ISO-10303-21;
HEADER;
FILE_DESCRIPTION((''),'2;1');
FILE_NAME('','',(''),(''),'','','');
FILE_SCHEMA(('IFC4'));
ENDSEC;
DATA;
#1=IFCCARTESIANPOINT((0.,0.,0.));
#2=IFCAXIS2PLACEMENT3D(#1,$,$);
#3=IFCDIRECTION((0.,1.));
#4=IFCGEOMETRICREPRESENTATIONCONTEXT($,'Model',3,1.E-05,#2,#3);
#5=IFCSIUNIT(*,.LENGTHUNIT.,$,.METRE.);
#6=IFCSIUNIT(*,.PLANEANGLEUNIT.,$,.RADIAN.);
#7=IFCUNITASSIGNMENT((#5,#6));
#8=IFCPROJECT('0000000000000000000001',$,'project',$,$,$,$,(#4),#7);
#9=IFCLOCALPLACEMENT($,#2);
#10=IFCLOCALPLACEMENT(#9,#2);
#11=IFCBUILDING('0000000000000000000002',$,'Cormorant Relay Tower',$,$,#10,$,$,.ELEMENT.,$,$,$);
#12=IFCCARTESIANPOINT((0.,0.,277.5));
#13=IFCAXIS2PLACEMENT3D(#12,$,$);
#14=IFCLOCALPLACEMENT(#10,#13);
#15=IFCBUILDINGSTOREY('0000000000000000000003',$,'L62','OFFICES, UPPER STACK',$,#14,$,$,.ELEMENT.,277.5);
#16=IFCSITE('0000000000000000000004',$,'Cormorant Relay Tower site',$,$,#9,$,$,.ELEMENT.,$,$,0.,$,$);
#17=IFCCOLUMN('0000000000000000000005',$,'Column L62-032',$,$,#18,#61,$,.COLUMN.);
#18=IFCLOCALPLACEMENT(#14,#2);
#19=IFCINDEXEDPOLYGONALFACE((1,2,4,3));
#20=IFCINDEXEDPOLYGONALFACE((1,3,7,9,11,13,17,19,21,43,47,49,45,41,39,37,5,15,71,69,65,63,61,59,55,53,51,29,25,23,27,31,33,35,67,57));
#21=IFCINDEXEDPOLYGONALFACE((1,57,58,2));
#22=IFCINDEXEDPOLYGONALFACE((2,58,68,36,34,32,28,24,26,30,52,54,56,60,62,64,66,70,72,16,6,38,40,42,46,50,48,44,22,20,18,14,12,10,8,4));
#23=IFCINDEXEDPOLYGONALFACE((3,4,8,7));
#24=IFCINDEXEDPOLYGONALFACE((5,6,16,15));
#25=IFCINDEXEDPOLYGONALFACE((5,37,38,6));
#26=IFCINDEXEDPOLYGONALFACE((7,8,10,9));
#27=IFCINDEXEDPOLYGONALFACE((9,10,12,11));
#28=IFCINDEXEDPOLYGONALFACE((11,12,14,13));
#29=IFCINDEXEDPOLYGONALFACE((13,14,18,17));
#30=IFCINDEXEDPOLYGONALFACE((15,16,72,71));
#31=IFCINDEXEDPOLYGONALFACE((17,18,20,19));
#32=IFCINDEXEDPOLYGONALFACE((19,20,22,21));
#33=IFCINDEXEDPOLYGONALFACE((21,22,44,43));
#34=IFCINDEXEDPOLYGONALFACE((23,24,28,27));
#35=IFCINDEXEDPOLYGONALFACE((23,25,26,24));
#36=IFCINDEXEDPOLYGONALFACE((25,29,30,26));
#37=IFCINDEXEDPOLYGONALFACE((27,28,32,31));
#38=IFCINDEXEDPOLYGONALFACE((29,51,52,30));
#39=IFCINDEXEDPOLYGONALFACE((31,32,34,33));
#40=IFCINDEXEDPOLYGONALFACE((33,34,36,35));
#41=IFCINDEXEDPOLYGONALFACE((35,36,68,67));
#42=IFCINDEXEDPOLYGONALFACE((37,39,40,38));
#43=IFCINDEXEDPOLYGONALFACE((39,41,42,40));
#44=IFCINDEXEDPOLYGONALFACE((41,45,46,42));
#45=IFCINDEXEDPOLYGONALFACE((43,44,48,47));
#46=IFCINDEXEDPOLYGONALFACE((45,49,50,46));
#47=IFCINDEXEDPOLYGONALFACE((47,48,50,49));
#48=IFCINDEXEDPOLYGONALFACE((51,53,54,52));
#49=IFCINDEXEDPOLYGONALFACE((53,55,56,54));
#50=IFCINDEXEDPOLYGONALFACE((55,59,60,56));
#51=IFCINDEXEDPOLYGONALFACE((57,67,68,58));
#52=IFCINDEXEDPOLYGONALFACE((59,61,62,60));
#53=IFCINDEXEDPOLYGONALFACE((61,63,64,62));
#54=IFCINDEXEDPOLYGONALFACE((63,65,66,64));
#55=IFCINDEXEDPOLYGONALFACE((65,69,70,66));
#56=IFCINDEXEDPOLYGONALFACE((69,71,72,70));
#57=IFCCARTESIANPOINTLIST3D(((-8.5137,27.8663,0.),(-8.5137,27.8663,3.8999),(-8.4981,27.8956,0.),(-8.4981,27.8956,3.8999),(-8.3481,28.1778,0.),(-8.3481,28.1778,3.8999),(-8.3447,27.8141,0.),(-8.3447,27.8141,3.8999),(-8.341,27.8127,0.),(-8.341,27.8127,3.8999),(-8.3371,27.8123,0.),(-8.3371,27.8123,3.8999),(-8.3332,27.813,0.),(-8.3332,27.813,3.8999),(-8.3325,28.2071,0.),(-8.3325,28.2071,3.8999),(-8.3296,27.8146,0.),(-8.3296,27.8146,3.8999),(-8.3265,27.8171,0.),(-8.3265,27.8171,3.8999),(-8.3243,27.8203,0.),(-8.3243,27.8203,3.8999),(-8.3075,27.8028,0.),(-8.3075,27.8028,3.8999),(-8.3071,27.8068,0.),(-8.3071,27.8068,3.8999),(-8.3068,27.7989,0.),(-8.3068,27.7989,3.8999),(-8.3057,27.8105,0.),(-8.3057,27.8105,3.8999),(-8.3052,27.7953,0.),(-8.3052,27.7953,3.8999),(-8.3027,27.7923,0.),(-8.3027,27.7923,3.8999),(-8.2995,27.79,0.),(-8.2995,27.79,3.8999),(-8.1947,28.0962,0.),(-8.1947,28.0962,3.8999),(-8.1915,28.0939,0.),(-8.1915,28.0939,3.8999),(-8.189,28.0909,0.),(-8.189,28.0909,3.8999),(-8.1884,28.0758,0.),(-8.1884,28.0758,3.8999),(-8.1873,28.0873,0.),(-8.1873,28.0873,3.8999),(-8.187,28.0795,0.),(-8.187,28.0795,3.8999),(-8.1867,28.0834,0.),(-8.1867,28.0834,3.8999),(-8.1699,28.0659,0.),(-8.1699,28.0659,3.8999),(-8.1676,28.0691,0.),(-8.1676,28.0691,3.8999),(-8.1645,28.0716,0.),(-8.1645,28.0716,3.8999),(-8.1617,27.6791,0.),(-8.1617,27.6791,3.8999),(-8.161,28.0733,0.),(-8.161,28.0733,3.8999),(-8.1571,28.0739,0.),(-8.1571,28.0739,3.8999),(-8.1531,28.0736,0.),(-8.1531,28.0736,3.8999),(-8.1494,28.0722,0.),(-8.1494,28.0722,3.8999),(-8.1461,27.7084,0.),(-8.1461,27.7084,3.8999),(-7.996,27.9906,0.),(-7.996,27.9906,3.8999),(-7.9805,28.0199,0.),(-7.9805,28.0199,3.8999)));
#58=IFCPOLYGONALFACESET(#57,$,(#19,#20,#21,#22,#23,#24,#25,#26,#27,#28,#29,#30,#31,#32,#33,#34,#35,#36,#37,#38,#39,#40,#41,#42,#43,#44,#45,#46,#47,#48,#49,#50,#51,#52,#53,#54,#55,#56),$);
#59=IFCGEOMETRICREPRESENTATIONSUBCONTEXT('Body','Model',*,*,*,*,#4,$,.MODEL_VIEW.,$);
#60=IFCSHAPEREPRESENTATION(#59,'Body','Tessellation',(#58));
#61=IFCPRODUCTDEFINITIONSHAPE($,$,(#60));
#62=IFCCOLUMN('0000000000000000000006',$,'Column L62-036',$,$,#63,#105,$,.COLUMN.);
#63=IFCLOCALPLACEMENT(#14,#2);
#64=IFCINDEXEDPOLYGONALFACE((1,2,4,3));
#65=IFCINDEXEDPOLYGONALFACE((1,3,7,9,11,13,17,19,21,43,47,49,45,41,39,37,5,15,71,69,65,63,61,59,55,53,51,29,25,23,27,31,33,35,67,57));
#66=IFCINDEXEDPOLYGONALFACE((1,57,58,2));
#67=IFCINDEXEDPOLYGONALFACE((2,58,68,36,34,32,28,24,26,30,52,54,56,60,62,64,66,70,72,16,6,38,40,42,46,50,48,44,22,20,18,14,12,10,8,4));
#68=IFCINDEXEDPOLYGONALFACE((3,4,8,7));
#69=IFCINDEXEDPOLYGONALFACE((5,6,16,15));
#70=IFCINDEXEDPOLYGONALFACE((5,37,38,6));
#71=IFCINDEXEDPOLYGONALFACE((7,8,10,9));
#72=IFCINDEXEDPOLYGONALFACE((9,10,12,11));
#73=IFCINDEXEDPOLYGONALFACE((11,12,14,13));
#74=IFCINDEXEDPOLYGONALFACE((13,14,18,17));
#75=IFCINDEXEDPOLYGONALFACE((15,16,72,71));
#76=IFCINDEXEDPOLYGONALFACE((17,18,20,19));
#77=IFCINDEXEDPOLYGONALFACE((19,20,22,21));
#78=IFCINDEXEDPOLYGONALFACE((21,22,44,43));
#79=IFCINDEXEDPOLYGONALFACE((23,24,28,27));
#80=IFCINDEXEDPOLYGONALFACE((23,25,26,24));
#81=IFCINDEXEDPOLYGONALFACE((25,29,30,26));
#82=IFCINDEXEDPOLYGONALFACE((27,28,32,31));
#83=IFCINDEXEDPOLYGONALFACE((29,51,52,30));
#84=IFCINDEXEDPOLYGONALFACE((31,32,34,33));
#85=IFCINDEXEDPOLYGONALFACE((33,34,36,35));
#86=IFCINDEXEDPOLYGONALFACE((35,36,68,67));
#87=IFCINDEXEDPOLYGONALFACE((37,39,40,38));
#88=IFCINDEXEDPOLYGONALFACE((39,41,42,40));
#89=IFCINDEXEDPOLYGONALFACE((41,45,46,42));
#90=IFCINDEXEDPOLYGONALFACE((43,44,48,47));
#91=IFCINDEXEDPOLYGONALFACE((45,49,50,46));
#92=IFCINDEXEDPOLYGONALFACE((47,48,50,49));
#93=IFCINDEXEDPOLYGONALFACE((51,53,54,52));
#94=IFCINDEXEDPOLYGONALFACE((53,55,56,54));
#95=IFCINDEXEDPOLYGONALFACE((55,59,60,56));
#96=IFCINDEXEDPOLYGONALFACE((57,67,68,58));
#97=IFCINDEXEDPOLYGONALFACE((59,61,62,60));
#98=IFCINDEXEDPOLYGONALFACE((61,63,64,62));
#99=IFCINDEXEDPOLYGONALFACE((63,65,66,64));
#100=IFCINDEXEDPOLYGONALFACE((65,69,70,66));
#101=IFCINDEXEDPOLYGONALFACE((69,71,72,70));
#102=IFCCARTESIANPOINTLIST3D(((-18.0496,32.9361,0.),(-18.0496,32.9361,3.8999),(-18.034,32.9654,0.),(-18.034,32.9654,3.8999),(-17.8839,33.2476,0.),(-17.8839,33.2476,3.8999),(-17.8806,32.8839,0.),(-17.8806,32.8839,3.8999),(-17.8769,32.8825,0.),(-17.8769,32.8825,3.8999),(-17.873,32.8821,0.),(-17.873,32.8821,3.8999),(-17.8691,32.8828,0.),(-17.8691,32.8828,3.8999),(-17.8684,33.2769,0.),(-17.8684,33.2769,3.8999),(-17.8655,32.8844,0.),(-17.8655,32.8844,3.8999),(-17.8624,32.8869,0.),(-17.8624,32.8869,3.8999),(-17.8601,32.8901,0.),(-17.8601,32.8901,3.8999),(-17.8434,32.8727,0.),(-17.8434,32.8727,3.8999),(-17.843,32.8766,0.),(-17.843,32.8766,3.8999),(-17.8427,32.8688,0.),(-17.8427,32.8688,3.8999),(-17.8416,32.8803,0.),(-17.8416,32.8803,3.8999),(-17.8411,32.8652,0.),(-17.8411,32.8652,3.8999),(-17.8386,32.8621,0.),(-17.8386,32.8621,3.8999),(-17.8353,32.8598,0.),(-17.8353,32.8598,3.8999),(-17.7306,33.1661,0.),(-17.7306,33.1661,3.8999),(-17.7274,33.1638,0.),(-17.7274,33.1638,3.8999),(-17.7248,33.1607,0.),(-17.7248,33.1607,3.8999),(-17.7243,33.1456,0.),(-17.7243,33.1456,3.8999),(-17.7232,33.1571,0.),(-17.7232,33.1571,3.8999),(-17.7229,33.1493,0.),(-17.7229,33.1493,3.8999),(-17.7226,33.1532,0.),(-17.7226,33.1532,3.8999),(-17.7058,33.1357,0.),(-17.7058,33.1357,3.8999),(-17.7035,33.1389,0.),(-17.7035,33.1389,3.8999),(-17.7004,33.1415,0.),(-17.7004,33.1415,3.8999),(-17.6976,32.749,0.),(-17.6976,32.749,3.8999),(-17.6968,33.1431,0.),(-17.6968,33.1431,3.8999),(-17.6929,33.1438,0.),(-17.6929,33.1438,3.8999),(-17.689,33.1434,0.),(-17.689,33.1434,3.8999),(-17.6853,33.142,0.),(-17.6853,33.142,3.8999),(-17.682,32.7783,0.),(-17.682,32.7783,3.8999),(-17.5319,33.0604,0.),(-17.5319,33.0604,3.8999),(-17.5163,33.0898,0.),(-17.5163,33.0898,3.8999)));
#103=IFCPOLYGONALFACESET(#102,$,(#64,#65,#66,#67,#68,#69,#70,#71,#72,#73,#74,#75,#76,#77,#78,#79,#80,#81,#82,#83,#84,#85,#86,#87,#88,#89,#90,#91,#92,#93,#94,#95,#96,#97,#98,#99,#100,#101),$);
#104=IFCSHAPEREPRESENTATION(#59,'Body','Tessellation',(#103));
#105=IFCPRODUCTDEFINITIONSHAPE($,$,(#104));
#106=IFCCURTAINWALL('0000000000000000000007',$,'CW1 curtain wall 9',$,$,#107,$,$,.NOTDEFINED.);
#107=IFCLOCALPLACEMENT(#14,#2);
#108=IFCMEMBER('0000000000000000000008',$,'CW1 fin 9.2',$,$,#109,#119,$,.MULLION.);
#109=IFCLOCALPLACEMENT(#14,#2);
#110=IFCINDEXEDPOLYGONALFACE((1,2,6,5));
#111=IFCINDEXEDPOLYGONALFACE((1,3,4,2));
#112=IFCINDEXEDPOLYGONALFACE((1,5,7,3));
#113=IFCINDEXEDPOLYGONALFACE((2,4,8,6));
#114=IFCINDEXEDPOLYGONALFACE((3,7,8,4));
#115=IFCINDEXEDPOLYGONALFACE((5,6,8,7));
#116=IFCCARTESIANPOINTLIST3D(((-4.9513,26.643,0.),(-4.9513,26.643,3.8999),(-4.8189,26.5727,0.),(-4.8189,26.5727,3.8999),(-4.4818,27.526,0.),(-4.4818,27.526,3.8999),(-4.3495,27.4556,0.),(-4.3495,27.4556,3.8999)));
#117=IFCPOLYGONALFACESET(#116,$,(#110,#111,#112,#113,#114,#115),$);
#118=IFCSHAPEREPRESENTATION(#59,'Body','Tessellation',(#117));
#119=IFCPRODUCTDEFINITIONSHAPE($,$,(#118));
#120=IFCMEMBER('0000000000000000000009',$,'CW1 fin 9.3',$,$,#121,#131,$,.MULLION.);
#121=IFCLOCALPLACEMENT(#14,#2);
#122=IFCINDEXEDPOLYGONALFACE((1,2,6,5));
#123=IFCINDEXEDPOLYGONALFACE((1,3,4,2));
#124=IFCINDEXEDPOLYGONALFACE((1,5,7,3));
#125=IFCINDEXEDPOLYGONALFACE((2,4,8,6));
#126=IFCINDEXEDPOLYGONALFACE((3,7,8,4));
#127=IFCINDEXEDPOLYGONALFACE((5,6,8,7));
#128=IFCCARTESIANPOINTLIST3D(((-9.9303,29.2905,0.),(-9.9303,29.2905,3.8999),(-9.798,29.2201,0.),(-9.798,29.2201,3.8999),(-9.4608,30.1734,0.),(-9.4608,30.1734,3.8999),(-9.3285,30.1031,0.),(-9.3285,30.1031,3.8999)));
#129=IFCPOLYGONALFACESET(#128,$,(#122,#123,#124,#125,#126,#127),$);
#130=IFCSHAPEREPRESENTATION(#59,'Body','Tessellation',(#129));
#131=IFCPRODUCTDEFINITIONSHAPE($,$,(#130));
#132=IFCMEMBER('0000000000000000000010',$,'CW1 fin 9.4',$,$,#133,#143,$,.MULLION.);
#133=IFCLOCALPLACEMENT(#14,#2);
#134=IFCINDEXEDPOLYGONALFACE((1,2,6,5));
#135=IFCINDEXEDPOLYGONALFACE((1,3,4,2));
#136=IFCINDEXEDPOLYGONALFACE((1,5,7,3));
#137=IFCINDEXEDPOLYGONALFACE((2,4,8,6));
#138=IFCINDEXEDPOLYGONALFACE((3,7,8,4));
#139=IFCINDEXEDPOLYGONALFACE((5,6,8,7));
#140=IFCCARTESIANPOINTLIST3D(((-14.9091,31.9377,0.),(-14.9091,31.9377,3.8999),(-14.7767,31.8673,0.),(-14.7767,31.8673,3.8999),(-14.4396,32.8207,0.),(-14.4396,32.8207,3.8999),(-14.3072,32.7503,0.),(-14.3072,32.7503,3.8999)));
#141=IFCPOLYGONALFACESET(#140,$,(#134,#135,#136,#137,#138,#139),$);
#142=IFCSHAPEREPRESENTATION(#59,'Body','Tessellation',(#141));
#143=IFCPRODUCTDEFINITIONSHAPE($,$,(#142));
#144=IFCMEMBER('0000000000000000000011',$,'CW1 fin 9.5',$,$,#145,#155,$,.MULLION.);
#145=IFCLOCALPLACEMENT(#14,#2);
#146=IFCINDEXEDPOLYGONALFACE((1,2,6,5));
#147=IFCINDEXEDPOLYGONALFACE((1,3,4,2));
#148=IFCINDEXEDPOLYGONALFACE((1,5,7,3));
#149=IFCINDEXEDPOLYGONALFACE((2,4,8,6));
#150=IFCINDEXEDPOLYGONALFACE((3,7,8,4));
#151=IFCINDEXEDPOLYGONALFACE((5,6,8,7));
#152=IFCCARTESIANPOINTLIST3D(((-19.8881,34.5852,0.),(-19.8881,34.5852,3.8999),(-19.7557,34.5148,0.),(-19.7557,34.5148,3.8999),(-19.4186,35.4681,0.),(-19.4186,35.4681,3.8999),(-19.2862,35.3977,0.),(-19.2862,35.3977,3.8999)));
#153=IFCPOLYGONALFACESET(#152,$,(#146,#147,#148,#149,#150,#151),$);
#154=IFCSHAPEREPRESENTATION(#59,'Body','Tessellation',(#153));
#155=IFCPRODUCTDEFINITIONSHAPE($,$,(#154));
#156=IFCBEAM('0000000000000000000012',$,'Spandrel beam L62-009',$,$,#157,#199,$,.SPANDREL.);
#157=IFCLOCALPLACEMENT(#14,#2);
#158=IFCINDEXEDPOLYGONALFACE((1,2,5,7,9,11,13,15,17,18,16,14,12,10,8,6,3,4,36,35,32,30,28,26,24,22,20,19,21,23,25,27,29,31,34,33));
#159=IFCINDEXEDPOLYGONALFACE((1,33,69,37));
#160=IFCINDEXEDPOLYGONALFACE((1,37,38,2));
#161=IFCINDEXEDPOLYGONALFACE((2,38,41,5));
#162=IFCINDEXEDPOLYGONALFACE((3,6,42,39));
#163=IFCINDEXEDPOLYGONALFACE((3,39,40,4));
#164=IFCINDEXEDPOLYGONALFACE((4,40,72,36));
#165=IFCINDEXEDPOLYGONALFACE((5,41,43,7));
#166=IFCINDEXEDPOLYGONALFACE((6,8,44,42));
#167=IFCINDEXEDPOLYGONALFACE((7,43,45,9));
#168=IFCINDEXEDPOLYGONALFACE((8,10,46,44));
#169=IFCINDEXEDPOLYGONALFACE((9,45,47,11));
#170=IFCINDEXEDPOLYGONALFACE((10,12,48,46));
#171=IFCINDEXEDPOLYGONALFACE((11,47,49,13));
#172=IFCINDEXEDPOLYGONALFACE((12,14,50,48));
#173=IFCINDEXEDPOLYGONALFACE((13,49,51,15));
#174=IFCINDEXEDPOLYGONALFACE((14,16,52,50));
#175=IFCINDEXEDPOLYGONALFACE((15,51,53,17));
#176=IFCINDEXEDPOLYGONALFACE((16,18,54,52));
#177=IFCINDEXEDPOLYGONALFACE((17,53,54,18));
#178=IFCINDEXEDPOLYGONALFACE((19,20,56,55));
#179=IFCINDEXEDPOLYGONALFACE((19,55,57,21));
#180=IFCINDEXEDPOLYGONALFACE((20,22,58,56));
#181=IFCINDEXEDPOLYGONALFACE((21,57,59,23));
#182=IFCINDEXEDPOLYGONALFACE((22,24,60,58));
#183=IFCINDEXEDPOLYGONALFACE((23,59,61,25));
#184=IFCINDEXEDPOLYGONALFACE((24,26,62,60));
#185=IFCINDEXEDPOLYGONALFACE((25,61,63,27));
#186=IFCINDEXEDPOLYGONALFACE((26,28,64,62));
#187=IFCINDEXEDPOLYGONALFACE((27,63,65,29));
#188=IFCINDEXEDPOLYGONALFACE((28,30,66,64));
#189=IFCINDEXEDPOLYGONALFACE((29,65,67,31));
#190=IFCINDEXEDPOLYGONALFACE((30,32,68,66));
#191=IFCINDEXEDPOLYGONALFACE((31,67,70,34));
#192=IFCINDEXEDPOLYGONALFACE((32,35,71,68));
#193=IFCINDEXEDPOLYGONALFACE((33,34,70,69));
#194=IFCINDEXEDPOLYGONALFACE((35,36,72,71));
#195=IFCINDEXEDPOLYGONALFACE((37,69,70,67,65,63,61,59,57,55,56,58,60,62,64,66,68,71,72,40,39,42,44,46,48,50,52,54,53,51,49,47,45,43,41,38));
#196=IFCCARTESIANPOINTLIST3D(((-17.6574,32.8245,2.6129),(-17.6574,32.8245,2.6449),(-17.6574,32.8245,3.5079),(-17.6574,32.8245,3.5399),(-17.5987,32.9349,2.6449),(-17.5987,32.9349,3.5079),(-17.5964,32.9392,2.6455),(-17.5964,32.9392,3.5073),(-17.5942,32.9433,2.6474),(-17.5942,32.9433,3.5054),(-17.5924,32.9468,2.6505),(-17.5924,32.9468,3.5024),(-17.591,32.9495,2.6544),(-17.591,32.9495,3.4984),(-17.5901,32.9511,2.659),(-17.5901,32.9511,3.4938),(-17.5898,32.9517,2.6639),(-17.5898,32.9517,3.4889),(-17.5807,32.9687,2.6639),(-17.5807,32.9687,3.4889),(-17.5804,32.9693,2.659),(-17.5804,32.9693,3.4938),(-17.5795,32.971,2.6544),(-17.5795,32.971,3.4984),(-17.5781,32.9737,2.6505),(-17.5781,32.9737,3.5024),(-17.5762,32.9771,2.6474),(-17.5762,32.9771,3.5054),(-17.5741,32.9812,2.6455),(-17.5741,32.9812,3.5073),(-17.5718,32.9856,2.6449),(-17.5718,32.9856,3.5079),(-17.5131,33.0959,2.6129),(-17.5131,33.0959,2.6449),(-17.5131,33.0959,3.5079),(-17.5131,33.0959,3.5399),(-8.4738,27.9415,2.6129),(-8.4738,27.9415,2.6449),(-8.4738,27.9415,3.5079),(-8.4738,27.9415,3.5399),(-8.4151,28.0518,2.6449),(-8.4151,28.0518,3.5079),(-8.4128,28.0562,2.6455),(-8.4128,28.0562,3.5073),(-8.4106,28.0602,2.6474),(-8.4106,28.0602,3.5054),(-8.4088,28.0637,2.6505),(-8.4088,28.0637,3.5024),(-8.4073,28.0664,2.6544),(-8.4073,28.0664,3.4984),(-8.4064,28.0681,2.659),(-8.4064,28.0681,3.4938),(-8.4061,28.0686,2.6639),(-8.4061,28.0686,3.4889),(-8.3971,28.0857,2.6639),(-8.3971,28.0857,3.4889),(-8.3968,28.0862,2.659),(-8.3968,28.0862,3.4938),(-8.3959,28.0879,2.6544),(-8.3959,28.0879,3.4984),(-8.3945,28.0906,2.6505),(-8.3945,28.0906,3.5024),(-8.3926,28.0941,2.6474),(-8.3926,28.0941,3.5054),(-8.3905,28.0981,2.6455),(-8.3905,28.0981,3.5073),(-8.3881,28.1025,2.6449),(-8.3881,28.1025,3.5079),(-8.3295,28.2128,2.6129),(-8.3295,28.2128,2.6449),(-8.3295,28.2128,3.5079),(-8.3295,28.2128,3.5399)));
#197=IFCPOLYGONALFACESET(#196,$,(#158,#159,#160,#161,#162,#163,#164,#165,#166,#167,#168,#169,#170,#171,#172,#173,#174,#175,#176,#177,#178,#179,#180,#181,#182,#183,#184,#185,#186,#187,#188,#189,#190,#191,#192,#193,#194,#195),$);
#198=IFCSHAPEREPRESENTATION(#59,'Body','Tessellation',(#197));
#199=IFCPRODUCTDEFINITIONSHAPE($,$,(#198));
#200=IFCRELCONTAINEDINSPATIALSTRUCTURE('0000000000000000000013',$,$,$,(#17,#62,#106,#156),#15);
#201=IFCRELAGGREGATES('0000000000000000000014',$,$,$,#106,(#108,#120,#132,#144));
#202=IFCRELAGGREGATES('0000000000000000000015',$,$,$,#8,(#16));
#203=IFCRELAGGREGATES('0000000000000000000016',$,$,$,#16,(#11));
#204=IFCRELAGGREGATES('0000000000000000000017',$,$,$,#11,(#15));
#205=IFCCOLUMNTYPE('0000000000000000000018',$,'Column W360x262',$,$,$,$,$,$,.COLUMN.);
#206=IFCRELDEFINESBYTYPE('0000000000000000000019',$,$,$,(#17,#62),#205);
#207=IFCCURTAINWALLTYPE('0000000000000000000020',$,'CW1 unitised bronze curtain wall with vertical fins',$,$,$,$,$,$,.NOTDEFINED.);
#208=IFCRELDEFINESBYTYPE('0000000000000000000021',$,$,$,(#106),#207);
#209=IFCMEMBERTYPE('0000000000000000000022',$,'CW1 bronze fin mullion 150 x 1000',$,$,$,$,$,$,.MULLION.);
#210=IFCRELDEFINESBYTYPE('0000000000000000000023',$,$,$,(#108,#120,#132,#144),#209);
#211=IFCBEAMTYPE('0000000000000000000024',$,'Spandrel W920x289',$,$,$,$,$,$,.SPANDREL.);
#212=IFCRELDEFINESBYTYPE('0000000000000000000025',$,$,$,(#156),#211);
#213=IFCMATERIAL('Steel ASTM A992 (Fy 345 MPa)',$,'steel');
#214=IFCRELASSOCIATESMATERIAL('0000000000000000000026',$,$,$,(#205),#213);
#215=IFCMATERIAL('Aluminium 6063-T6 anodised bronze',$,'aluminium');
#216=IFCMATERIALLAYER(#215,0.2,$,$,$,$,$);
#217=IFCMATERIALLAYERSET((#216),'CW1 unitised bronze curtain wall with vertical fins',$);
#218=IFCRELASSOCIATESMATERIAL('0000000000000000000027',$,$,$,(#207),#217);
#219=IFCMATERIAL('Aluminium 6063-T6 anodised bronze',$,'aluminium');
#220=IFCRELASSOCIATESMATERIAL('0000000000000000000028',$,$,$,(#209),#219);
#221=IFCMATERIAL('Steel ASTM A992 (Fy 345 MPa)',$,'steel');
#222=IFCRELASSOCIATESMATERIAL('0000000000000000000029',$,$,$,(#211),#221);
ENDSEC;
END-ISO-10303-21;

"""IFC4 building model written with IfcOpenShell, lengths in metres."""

from ifc_helpers import new_model, si_unit, direction, frame, origin, origin_2d, place, context, subcontext, project, spatial, rectangle, i_section, extrude, material, layer, layer_set, material_profile, profile_set, type_object, element, aggregate, save


model = new_model("IFC4")

# Units and contexts
model_context = context("Model", 3, precision=1e-05, world=origin(), true_north=direction((0.0, 1.0)))
body_context = subcontext(model_context, "Body", "Model", "MODEL_VIEW")
ifc_project = project(units=[si_unit("LENGTHUNIT", "METRE"), si_unit("PLANEANGLEUNIT", "RADIAN")], contexts=[model_context])

# Site, building, storey
site_placement = place(None, origin())
site = spatial("IfcSite", under=ifc_project, at=site_placement, Name="Cormorant Relay Tower site", CompositionType="ELEMENT", RefElevation=0.0)
building_placement = place(site_placement, origin())
building = spatial("IfcBuilding", under=site, at=building_placement, Name="Cormorant Relay Tower", CompositionType="ELEMENT")
storey_placement = place(building_placement, frame((0.0, 0.0, 277.5)))
storey = spatial("IfcBuildingStorey", under=building, at=storey_placement, Name="L62", Description="OFFICES, UPPER STACK", CompositionType="ELEMENT", Elevation=277.5)

# Columns
ifc_material_1 = material(Name="Steel ASTM A992 (Fy 345 MPa)", Category="steel")
ifc_material_profile_1 = material_profile(ifc_material_1, i_section(OverallWidth=0.3987, OverallDepth=0.386, WebThickness=0.021, FlangeThickness=0.0332, FilletRadius=0.0151, at=origin_2d()), Name="W360x262")
ifc_profile_set_1 = profile_set([ifc_material_profile_1], Name="Steel ASTM A992 (Fy 345 MPa)")
column_type = type_object("IfcColumnType", Name="Column W360x262", PredefinedType="COLUMN", material=ifc_profile_set_1)
for number, where, z_axis, x_axis, name in (
    (1, (-8.2471, 27.9431, 0.0), (0.0, 0.0, 1.0), (-0.882948, 0.469472, 0.0), "Column L62-032"),
    (2, (-17.783, 33.0129, 0.0), (0.0, 0.0, 1.0), (-0.882948, 0.469472, 0.0), "Column L62-036"),
):
    element("IfcColumn", number, at=place(storey_placement, frame(where, z_axis=z_axis, x_axis=x_axis)), inside=storey, type_object=column_type, Name=name, PredefinedType="COLUMN", context=body_context, shape_type="SweptSolid", body=[
        extrude(i_section(OverallWidth=0.3987, OverallDepth=0.386, WebThickness=0.021, FlangeThickness=0.0332, FilletRadius=0.0151, at=origin_2d()), origin(), (0.0, 0.0, 1.0), 3.8999),
    ])

# Curtain wall, members
ifc_material_2 = material(Name="Aluminium 6063-T6 anodised bronze", Category="aluminium")
ifc_layer_1 = layer(ifc_material_2, 0.2)
ifc_layer_set_1 = layer_set([ifc_layer_1], Name="CW1 unitised bronze curtain wall with vertical fins")
curtain_wall_type = type_object("IfcCurtainWallType", Name="CW1 unitised bronze curtain wall with vertical fins", PredefinedType="NOTDEFINED", material=ifc_layer_set_1)
curtain_wall_placement = place(storey_placement, origin())
curtain_wall = element("IfcCurtainWall", 3, at=curtain_wall_placement, inside=storey, type_object=curtain_wall_type, Name="CW1 curtain wall 9", PredefinedType="NOTDEFINED")
ifc_material_3 = material(Name="Aluminium 6063-T6 anodised bronze", Category="aluminium")
ifc_material_profile_2 = material_profile(ifc_material_3, rectangle(XDim=0.1499, YDim=1.0, at=origin_2d()), Name="AL 150x1000")
ifc_profile_set_2 = profile_set([ifc_material_profile_2], Name="Aluminium 6063-T6 anodised bronze")
member_type = type_object("IfcMemberType", Name="CW1 bronze fin mullion 150 x 1000", PredefinedType="MULLION", material=ifc_profile_set_2)
member_1_placement = place(storey_placement, frame((-4.6504, 27.0493, 0.0), z_axis=(0.0, 0.0, 1.0), x_axis=(-0.882948, 0.469472, 0.0)))
member_1 = element("IfcMember", 4, at=member_1_placement, type_object=member_type, Name="CW1 fin 9.2", PredefinedType="MULLION", context=body_context, shape_type="SweptSolid", body=[
    extrude(rectangle(XDim=0.1499, YDim=1.0, at=origin_2d()), origin(), (0.0, 0.0, 1.0), 3.8999),
])
member_2_placement = place(storey_placement, frame((-9.6294, 29.6968, 0.0), z_axis=(0.0, 0.0, 1.0), x_axis=(-0.882948, 0.469472, 0.0)))
member_2 = element("IfcMember", 5, at=member_2_placement, type_object=member_type, Name="CW1 fin 9.3", PredefinedType="MULLION", context=body_context, shape_type="SweptSolid", body=[
    extrude(rectangle(XDim=0.1499, YDim=1.0, at=origin_2d()), origin(), (0.0, 0.0, 1.0), 3.8999),
])
member_3_placement = place(storey_placement, frame((-14.6082, 32.344, 0.0), z_axis=(0.0, 0.0, 1.0), x_axis=(-0.882948, 0.469472, 0.0)))
member_3 = element("IfcMember", 6, at=member_3_placement, type_object=member_type, Name="CW1 fin 9.4", PredefinedType="MULLION", context=body_context, shape_type="SweptSolid", body=[
    extrude(rectangle(XDim=0.1499, YDim=1.0, at=origin_2d()), origin(), (0.0, 0.0, 1.0), 3.8999),
])
member_4_placement = place(storey_placement, frame((-19.5872, 34.9915, 0.0), z_axis=(0.0, 0.0, 1.0), x_axis=(-0.882948, 0.469472, 0.0)))
member_4 = element("IfcMember", 7, at=member_4_placement, type_object=member_type, Name="CW1 fin 9.5", PredefinedType="MULLION", context=body_context, shape_type="SweptSolid", body=[
    extrude(rectangle(XDim=0.1499, YDim=1.0, at=origin_2d()), origin(), (0.0, 0.0, 1.0), 3.8999),
])

# Beam
ifc_material_4 = material(Name="Steel ASTM A992 (Fy 345 MPa)", Category="steel")
ifc_material_profile_3 = material_profile(ifc_material_4, i_section(OverallWidth=0.3074, OverallDepth=0.927, WebThickness=0.0193, FlangeThickness=0.032, FilletRadius=0.019, at=origin_2d()), Name="W920x289")
ifc_profile_set_3 = profile_set([ifc_material_profile_3], Name="Steel ASTM A992 (Fy 345 MPa)")
beam_type_1 = type_object("IfcBeamType", Name="Spandrel W920x289", PredefinedType="SPANDREL", material=ifc_profile_set_3)
beam_1_placement = place(storey_placement, frame((-8.4016, 28.0771, 3.0764), z_axis=(-0.882945, 0.469476, 0.0), x_axis=(-0.469476, -0.882945, 0.0)))
element("IfcBeam", 8, at=beam_1_placement, inside=storey, type_object=beam_type_1, Name="Spandrel beam L62-009", PredefinedType="SPANDREL", context=body_context, shape_type="SweptSolid", body=[
    extrude(i_section(OverallWidth=0.3074, OverallDepth=0.927, WebThickness=0.0193, FlangeThickness=0.032, FilletRadius=0.019, at=origin_2d()), origin(), (0.0, 0.0, 1.0), 10.4011),
])

aggregate(curtain_wall, [member_1, member_2, member_3, member_4])

save(model, "model.ifc")
